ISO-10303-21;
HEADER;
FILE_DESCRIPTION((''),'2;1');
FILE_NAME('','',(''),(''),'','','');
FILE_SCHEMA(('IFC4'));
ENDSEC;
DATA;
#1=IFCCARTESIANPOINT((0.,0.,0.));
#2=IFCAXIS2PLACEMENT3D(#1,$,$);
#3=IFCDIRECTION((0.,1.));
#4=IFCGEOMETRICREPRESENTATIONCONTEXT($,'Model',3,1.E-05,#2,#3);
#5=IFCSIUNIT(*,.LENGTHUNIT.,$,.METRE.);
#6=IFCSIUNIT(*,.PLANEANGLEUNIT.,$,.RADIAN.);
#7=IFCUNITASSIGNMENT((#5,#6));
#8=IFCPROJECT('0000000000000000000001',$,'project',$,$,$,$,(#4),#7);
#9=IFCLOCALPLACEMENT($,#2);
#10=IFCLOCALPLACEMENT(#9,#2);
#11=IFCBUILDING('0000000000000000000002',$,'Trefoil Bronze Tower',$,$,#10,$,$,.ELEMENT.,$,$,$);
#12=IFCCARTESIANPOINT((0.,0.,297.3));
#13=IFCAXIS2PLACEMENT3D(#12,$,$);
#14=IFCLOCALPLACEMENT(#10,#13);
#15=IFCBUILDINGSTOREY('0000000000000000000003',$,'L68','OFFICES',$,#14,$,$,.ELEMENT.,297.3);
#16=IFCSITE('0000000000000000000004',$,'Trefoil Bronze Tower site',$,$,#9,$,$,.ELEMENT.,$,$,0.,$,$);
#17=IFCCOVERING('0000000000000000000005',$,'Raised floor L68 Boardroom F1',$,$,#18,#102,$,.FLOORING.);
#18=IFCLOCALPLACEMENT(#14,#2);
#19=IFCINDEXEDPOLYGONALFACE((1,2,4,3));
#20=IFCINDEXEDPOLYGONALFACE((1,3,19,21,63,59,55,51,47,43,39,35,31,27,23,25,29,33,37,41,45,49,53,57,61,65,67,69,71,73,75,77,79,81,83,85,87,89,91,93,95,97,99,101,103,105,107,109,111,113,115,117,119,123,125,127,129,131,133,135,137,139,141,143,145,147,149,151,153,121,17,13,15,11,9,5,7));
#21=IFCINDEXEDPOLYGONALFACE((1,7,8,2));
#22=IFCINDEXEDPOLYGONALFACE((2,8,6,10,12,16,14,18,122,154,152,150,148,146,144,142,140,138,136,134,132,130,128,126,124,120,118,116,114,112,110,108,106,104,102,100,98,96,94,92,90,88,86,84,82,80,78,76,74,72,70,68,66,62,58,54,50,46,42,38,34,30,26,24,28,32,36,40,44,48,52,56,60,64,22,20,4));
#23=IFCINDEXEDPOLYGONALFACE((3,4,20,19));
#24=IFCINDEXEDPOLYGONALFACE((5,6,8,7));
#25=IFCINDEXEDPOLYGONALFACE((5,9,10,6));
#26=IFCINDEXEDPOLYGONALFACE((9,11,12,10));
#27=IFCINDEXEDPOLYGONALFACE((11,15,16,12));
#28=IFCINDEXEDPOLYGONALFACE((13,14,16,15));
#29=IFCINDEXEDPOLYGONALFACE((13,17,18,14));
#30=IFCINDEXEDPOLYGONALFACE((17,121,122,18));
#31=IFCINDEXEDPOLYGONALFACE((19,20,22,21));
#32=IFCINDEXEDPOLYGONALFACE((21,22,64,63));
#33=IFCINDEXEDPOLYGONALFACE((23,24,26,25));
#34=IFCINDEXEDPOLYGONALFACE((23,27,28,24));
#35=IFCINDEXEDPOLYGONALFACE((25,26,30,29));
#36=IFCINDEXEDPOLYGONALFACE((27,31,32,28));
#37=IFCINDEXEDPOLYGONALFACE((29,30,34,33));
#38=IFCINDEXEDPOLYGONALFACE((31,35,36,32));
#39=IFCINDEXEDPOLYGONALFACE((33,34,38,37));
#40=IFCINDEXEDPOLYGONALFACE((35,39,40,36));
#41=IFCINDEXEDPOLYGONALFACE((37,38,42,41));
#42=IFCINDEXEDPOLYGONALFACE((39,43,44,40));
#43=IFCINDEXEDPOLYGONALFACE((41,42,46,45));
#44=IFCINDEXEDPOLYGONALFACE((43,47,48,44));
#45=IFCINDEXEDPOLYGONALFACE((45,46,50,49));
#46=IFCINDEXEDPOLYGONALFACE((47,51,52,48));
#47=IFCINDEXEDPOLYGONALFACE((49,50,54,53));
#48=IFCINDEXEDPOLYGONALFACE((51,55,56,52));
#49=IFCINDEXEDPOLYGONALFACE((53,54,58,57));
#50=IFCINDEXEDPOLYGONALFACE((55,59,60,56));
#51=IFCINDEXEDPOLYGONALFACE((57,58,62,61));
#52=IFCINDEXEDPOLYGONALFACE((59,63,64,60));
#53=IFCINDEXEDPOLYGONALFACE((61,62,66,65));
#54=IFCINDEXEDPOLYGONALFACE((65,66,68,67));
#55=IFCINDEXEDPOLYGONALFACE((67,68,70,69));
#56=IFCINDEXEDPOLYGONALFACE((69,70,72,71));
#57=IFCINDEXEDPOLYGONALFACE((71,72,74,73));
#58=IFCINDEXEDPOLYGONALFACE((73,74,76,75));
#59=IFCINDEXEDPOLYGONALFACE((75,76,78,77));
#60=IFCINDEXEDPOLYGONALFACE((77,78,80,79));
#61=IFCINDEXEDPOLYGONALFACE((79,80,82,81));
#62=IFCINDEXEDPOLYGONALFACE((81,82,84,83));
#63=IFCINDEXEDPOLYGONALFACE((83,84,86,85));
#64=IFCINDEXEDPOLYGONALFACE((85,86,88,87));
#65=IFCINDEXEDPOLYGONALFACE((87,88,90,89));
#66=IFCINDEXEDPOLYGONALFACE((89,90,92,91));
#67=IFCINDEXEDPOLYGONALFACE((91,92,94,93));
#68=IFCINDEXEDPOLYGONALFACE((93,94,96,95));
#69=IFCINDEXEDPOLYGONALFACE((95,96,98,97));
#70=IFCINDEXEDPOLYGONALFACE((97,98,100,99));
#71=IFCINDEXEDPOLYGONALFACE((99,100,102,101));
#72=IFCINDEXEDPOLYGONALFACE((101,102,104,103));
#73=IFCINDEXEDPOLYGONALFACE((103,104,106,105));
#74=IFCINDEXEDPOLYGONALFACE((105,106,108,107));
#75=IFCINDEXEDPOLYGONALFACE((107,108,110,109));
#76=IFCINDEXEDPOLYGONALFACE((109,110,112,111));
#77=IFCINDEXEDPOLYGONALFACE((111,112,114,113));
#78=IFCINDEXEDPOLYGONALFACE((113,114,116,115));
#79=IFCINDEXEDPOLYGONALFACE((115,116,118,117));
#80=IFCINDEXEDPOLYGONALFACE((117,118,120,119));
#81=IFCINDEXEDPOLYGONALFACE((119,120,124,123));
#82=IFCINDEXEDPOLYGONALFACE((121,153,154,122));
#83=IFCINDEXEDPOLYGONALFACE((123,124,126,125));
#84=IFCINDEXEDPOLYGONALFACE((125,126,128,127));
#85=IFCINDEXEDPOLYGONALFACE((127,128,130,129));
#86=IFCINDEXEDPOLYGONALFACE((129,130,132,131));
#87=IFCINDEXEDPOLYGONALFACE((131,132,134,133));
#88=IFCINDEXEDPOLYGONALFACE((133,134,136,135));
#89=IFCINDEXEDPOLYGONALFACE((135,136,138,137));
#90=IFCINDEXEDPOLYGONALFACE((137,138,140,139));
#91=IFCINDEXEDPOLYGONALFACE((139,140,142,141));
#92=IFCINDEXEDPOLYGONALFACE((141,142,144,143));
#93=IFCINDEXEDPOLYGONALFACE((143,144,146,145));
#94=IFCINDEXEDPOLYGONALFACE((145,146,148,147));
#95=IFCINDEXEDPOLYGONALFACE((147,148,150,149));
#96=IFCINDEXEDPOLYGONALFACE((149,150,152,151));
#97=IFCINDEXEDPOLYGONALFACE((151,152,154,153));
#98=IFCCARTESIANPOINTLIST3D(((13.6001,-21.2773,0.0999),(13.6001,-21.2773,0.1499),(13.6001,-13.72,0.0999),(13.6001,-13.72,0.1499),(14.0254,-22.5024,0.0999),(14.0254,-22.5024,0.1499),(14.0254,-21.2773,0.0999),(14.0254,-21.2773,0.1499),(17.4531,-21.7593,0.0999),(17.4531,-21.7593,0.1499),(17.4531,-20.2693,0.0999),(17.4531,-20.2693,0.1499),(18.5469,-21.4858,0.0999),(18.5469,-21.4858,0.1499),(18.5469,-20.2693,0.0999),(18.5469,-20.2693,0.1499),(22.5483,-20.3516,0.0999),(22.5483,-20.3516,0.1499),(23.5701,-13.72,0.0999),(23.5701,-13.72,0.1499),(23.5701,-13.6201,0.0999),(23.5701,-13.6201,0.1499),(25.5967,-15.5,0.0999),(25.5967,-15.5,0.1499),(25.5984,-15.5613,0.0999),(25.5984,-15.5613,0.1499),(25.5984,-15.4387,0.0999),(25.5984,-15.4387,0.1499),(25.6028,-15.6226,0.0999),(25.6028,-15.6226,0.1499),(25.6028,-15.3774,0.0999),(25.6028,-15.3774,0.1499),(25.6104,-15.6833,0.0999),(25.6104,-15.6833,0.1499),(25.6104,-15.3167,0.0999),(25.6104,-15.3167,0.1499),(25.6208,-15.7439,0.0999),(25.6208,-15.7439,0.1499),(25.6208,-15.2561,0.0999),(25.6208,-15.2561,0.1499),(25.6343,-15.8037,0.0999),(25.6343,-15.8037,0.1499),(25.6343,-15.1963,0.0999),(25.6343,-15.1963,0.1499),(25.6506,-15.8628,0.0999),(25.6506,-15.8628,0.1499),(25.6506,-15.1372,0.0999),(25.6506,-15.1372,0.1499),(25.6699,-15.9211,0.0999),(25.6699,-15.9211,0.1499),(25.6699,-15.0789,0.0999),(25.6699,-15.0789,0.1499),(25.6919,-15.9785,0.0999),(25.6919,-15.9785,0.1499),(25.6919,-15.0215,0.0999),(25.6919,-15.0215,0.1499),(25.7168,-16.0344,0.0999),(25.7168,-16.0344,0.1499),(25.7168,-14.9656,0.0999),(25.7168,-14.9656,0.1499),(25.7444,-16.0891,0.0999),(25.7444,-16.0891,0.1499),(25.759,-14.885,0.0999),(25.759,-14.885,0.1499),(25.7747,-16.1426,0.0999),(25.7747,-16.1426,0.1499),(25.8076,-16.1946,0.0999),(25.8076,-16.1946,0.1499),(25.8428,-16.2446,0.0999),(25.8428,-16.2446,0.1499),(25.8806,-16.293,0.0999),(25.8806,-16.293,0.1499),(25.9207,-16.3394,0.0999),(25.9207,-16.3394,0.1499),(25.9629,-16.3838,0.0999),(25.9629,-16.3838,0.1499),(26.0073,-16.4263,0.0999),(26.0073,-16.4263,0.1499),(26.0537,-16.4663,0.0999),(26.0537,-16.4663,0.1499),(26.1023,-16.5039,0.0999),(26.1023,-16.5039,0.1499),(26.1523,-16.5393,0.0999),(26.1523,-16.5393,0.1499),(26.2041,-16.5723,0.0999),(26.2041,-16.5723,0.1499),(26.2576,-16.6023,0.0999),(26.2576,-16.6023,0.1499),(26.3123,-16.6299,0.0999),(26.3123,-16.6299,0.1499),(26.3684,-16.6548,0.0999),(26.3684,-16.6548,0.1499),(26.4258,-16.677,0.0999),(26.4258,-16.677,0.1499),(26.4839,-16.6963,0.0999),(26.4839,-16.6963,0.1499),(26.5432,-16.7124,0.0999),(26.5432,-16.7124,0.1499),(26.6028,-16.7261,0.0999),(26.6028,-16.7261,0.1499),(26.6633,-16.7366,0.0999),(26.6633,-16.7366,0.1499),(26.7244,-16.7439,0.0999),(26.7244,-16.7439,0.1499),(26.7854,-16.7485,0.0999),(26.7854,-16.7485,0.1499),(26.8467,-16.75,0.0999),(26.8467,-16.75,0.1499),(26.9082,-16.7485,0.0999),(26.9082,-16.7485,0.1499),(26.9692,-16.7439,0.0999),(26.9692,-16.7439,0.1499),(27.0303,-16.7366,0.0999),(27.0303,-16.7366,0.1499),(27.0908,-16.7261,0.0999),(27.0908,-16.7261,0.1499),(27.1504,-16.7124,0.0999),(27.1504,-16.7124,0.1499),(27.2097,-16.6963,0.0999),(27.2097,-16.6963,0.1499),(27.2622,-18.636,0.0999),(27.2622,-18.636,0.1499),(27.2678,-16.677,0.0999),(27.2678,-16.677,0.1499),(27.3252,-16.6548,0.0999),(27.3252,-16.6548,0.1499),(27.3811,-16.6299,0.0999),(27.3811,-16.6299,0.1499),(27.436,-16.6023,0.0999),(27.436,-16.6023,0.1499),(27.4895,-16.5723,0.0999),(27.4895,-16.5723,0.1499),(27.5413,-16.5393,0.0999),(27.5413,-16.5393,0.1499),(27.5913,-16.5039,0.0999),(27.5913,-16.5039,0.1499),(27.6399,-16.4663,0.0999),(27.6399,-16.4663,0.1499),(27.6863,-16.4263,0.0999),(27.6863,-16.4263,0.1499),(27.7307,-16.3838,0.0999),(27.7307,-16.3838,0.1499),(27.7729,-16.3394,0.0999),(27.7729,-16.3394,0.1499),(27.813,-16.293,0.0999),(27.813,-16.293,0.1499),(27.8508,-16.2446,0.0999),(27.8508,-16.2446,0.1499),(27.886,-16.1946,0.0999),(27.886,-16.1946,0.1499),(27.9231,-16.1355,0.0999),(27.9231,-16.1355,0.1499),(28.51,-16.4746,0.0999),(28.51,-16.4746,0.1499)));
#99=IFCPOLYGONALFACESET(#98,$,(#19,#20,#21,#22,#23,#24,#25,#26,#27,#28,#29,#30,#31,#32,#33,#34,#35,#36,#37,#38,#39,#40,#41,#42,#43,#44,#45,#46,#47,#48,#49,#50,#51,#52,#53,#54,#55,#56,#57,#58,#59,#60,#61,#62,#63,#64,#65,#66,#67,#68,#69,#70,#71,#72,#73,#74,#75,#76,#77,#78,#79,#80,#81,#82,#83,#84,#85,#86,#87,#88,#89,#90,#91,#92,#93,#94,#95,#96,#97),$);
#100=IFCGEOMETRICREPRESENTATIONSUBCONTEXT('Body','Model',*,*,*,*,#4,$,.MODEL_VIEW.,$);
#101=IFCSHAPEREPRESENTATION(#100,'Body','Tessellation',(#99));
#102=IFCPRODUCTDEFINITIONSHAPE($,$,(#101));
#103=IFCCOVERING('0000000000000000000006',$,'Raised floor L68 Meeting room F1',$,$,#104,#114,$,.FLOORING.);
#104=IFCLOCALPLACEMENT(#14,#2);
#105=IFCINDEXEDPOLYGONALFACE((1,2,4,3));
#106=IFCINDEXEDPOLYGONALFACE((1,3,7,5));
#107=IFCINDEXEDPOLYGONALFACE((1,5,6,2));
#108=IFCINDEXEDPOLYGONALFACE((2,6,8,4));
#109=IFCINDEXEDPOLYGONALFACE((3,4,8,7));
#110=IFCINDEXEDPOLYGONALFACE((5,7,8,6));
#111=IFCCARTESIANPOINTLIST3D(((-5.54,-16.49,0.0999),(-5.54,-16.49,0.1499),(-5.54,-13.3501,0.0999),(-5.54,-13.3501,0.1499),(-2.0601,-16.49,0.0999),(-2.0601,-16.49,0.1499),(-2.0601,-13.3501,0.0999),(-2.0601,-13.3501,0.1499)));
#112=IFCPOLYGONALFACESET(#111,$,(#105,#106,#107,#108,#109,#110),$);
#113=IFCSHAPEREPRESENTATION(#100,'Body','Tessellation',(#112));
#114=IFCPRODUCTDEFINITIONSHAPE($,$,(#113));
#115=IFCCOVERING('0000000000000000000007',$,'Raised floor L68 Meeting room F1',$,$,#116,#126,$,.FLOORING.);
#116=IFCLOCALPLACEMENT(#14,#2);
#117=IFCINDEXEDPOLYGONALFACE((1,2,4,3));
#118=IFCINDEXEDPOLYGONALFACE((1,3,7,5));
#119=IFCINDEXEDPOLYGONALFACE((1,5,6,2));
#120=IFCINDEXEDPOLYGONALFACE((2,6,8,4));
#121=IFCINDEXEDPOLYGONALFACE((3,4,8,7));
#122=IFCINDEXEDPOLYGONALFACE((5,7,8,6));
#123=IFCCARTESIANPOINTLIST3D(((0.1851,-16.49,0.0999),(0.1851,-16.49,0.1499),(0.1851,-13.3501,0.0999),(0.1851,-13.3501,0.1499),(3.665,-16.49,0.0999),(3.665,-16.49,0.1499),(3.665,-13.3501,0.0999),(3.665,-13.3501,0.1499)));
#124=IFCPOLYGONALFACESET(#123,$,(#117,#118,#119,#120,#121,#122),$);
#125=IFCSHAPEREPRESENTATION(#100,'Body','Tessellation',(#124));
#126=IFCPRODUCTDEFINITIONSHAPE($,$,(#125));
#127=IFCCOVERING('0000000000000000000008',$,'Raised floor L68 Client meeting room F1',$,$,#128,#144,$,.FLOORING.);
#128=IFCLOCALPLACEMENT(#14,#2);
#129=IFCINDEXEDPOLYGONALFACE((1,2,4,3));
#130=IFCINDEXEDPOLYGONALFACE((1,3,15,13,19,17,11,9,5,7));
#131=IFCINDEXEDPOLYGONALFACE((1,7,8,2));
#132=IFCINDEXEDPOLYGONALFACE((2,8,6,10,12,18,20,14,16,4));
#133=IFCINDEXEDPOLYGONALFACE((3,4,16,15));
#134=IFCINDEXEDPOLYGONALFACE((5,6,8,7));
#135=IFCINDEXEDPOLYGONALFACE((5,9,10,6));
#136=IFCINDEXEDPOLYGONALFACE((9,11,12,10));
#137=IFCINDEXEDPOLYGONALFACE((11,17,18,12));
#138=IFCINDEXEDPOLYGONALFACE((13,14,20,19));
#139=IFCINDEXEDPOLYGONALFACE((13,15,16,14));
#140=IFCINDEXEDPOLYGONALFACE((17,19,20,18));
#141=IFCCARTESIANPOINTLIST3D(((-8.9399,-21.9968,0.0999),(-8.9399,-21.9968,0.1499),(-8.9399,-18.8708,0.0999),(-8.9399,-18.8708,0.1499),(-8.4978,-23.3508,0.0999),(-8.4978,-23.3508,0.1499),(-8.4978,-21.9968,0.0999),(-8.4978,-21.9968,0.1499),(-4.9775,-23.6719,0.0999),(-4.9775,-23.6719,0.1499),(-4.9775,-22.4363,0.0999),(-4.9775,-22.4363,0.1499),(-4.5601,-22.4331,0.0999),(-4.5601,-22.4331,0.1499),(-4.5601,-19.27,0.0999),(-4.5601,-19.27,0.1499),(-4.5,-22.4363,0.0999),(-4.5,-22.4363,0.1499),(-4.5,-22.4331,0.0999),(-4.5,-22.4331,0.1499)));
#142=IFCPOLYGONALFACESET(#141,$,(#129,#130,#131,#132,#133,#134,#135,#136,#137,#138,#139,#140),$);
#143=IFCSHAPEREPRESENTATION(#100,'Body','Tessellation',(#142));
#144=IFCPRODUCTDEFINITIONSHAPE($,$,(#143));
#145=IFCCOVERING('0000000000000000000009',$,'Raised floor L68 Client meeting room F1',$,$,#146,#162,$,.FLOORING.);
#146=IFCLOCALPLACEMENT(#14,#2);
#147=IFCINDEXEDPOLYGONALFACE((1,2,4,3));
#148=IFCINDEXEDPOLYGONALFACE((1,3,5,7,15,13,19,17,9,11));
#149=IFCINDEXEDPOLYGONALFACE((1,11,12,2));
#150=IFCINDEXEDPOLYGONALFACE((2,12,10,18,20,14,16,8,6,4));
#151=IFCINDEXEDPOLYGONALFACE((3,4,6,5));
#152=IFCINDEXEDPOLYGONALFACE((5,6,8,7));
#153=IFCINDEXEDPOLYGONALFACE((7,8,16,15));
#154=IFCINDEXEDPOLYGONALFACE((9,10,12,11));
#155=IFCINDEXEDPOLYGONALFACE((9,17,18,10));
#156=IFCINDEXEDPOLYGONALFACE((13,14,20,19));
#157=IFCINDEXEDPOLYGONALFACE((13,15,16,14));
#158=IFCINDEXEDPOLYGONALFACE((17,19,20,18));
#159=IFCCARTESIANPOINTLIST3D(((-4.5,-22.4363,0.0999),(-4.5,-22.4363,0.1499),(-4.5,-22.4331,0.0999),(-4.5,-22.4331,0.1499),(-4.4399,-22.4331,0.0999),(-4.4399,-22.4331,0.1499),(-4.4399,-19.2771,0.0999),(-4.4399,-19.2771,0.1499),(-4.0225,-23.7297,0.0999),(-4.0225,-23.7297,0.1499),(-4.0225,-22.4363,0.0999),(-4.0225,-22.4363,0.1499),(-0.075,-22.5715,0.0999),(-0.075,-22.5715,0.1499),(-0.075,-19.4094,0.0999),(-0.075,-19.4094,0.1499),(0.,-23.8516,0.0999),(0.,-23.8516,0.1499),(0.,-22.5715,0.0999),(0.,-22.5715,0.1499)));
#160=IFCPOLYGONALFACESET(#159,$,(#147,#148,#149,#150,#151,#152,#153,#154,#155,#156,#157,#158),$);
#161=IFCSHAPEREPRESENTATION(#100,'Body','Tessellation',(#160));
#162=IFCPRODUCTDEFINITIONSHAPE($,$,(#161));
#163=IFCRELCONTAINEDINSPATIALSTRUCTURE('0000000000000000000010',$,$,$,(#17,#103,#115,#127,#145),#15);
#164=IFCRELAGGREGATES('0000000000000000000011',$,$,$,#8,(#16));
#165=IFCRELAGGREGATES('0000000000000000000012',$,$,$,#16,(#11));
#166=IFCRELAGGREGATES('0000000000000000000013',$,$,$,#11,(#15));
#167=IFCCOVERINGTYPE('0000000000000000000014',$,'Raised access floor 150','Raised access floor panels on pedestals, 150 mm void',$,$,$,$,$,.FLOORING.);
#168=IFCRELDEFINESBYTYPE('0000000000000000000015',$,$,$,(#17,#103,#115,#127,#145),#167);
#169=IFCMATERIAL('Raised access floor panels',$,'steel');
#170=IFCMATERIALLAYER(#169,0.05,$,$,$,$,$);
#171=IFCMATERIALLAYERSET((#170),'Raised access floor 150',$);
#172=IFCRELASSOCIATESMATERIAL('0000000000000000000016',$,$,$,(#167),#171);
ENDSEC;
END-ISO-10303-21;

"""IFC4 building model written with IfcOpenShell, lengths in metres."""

from ifc_helpers import new_model, si_unit, direction, frame, origin, place, context, subcontext, project, spatial, polyline, outline, extrude, material, layer, layer_set, type_object, element, save


model = new_model("IFC4")

# Units and contexts
model_context = context("Model", 3, precision=1e-05, world=origin(), true_north=direction((0.0, 1.0)))
body_context = subcontext(model_context, "Body", "Model", "MODEL_VIEW")
ifc_project = project(units=[si_unit("LENGTHUNIT", "METRE"), si_unit("PLANEANGLEUNIT", "RADIAN")], contexts=[model_context])

# Site, building, storey
site_placement = place(None, origin())
site = spatial("IfcSite", under=ifc_project, at=site_placement, Name="Trefoil Bronze Tower site", CompositionType="ELEMENT", RefElevation=0.0)
building_placement = place(site_placement, origin())
building = spatial("IfcBuilding", under=site, at=building_placement, Name="Trefoil Bronze Tower", CompositionType="ELEMENT")
storey_placement = place(building_placement, frame((0.0, 0.0, 297.3)))
storey = spatial("IfcBuildingStorey", under=building, at=storey_placement, Name="L68", Description="OFFICES", CompositionType="ELEMENT", Elevation=297.3)

# Coverings
ifc_material_1 = material(Name="Raised access floor panels", Category="steel")
ifc_layer_1 = layer(ifc_material_1, 0.05)
ifc_layer_set_1 = layer_set([ifc_layer_1], Name="Raised access floor 150")
covering_type_1 = type_object("IfcCoveringType", Name="Raised access floor 150", Description="Raised access floor panels on pedestals, 150 mm void", PredefinedType="FLOORING", material=ifc_layer_set_1)
covering_1_placement = place(storey_placement, frame((0.0, 0.0, 0.0999)))
element("IfcCovering", 1, at=covering_1_placement, inside=storey, type_object=covering_type_1, Name="Raised floor L68 Boardroom F1", PredefinedType="FLOORING", context=body_context, shape_type="SweptSolid", body=[
    extrude(outline(polyline([(27.2622, -18.636), (22.5483, -20.3516), (18.5469, -21.4858), (18.5469, -20.2693), (17.4531, -20.2693), (17.4531, -21.7593), (14.0254, -22.5024), (14.0254, -21.2773), (13.6001, -21.2773), (13.6001, -13.72), (23.5701, -13.72), (23.5701, -13.6201), (25.759, -14.885), (25.7168, -14.9656), (25.6919, -15.0215), (25.6699, -15.0789), (25.6506, -15.1372), (25.6343, -15.1963), (25.6208, -15.2561), (25.6104, -15.3167), (25.6028, -15.3774), (25.5984, -15.4387), (25.5967, -15.5), (25.5984, -15.5613), (25.6028, -15.6226), (25.6104, -15.6833), (25.6208, -15.7439), (25.6343, -15.8037), (25.6506, -15.8628), (25.6699, -15.9211), (25.6919, -15.9785), (25.7168, -16.0344), (25.7444, -16.0891), (25.7747, -16.1426), (25.8076, -16.1946), (25.8428, -16.2446), (25.8806, -16.293), (25.9207, -16.3394), (25.9629, -16.3838), (26.0073, -16.4263), (26.0537, -16.4663), (26.1023, -16.5039), (26.1523, -16.5393), (26.2041, -16.5723), (26.2576, -16.6023), (26.3123, -16.6299), (26.3684, -16.6548), (26.4258, -16.677), (26.4839, -16.6963), (26.5432, -16.7124), (26.6028, -16.7261), (26.6633, -16.7366), (26.7244, -16.7439), (26.7854, -16.7485), (26.8467, -16.75), (26.9082, -16.7485), (26.9692, -16.7439), (27.0303, -16.7366), (27.0908, -16.7261), (27.1504, -16.7124), (27.2097, -16.6963), (27.2678, -16.677), (27.3252, -16.6548), (27.3811, -16.6299), (27.436, -16.6023), (27.4895, -16.5723), (27.5413, -16.5393), (27.5913, -16.5039), (27.6399, -16.4663), (27.6863, -16.4263), (27.7307, -16.3838), (27.7729, -16.3394), (27.813, -16.293), (27.8508, -16.2446), (27.886, -16.1946), (27.9231, -16.1355), (28.51, -16.4746), (27.2622, -18.636)])), origin(), (0.0, 0.0, 1.0), 0.05),
])
covering_2_placement = place(storey_placement, frame((0.0, 0.0, 0.0999)))
element("IfcCovering", 2, at=covering_2_placement, inside=storey, type_object=covering_type_1, Name="Raised floor L68 Meeting room F1", PredefinedType="FLOORING", context=body_context, shape_type="SweptSolid", body=[
    extrude(outline(polyline([(-2.0601, -13.3501), (-2.0601, -16.49), (-5.54, -16.49), (-5.54, -13.3501), (-2.0601, -13.3501)])), origin(), (0.0, 0.0, 1.0), 0.05),
])
covering_3_placement = place(storey_placement, frame((0.0, 0.0, 0.0999)))
element("IfcCovering", 3, at=covering_3_placement, inside=storey, type_object=covering_type_1, Name="Raised floor L68 Meeting room F1", PredefinedType="FLOORING", context=body_context, shape_type="SweptSolid", body=[
    extrude(outline(polyline([(3.665, -13.3501), (3.665, -16.49), (0.1851, -16.49), (0.1851, -13.3501), (3.665, -13.3501)])), origin(), (0.0, 0.0, 1.0), 0.05),
])
covering_4_placement = place(storey_placement, frame((0.0, 0.0, 0.0999)))
element("IfcCovering", 4, at=covering_4_placement, inside=storey, type_object=covering_type_1, Name="Raised floor L68 Client meeting room F1", PredefinedType="FLOORING", context=body_context, shape_type="SweptSolid", body=[
    extrude(outline(polyline([(-8.9399, -21.9968), (-8.9399, -18.8708), (-4.5601, -19.27), (-4.5601, -22.4331), (-4.5, -22.4331), (-4.5, -22.4363), (-4.9775, -22.4363), (-4.9775, -23.6719), (-8.4978, -23.3508), (-8.4978, -21.9968), (-8.9399, -21.9968)])), origin(), (0.0, 0.0, 1.0), 0.05),
])
covering_5_placement = place(storey_placement, frame((0.0, 0.0, 0.0999)))
element("IfcCovering", 5, at=covering_5_placement, inside=storey, type_object=covering_type_1, Name="Raised floor L68 Client meeting room F1", PredefinedType="FLOORING", context=body_context, shape_type="SweptSolid", body=[
    extrude(outline(polyline([(-4.5, -22.4331), (-4.4399, -22.4331), (-4.4399, -19.2771), (-0.075, -19.4094), (-0.075, -22.5715), (0.0, -22.5715), (0.0, -23.8516), (-4.0225, -23.7297), (-4.0225, -22.4363), (-4.5, -22.4363), (-4.5, -22.4331)])), origin(), (0.0, 0.0, 1.0), 0.05),
])

save(model, "model.ifc")
